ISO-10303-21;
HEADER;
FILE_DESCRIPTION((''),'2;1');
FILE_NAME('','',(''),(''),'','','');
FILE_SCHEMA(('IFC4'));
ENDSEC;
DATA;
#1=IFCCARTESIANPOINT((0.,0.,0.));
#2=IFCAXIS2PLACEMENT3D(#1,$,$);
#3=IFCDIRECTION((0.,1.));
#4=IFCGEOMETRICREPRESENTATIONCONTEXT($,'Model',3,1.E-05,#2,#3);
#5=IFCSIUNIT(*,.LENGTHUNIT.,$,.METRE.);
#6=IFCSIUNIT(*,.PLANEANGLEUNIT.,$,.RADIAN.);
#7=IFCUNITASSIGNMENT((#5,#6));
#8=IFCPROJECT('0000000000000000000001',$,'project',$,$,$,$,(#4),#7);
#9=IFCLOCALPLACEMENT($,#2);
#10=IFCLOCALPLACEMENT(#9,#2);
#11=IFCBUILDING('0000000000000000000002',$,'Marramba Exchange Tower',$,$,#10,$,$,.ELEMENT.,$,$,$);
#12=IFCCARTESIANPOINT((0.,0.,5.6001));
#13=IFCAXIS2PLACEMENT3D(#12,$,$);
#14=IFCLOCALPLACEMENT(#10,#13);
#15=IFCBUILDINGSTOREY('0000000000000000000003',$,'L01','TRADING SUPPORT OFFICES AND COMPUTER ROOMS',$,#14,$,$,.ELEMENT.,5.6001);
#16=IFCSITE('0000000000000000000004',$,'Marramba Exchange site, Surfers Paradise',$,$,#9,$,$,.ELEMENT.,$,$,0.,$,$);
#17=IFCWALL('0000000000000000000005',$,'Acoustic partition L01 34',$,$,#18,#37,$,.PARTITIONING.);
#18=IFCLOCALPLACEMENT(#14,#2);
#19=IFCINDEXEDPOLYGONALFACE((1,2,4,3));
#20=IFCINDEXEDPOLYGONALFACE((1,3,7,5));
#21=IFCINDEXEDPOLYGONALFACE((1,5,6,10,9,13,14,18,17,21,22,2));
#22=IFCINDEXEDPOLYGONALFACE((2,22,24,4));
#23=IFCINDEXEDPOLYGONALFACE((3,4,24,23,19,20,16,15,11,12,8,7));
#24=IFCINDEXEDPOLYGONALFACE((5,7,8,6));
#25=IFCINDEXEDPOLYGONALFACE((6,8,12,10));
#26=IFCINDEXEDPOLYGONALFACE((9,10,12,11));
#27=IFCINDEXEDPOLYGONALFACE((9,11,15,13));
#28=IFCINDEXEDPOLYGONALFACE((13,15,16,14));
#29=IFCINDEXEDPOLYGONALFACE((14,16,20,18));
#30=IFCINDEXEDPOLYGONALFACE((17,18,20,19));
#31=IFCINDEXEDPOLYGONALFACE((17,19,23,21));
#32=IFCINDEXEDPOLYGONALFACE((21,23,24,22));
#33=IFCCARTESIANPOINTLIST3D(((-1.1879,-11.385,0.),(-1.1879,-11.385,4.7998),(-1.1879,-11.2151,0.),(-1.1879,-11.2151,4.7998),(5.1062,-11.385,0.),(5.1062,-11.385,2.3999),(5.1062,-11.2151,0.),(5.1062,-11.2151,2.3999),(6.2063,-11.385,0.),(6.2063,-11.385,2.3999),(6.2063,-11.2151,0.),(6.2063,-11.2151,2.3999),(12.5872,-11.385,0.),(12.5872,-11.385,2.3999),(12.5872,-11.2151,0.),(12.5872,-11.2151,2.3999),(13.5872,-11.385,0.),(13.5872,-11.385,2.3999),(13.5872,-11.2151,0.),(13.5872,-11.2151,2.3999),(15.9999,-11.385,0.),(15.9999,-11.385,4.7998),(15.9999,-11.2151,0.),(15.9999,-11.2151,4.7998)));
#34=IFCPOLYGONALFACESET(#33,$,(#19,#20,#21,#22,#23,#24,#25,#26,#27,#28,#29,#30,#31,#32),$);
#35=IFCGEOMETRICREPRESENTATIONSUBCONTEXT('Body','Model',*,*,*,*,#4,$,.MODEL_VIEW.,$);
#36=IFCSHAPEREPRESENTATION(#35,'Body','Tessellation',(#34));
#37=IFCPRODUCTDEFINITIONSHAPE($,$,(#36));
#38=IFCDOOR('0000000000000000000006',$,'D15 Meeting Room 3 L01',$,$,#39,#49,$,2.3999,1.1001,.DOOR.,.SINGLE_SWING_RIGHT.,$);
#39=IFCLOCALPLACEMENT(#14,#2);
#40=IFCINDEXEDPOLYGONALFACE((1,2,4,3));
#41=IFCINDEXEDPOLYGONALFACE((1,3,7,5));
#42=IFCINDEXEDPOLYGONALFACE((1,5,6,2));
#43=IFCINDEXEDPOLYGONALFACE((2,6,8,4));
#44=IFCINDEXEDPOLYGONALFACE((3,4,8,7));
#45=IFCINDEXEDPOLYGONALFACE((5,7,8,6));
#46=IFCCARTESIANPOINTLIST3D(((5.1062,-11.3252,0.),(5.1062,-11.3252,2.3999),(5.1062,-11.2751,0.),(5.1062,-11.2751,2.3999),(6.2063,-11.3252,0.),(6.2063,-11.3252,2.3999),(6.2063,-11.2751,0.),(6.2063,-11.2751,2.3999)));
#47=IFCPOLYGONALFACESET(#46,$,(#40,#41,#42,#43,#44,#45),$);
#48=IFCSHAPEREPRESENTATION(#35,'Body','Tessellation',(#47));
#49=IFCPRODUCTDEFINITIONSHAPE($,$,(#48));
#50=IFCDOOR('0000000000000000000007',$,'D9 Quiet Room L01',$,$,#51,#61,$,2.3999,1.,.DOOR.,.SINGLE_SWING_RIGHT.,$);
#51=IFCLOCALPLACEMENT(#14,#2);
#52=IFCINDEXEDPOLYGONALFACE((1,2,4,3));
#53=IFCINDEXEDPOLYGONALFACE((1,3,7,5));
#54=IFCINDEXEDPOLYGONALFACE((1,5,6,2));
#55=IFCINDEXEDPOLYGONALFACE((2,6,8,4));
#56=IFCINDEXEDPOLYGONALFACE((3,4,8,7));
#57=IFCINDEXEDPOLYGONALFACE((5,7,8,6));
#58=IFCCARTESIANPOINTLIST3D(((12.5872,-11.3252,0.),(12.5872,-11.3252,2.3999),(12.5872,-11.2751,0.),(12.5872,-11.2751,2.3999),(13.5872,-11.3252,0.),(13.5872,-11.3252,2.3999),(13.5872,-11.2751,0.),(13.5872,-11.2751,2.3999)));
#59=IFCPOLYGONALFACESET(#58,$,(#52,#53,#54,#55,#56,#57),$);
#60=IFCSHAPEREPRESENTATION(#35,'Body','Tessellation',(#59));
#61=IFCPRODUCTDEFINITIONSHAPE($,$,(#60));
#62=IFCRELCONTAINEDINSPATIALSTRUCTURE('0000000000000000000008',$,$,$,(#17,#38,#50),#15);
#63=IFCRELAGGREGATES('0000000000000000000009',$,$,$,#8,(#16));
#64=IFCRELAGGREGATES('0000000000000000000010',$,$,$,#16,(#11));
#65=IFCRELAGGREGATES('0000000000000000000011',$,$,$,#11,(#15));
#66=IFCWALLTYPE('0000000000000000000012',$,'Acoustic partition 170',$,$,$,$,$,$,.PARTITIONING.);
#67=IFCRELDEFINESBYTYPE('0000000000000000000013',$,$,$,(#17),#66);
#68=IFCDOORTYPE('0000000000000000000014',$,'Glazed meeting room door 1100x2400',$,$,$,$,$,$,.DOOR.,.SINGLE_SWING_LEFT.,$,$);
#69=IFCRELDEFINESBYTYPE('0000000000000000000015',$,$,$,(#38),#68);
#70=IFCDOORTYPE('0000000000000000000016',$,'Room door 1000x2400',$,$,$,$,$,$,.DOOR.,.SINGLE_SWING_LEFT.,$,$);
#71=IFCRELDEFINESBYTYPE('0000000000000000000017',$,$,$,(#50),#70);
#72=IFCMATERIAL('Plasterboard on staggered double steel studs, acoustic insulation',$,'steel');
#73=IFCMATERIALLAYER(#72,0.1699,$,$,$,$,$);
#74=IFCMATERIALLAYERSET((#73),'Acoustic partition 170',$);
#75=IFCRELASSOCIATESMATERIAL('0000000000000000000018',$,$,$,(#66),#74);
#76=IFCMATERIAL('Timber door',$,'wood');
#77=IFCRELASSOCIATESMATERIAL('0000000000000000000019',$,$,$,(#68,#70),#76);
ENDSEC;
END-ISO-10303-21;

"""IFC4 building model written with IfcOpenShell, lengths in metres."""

from ifc_helpers import new_model, si_unit, direction, frame, frame_2d, origin, place, context, subcontext, project, spatial, rectangle, extrude, material, layer, layer_set, type_object, element, fill, save


model = new_model("IFC4")

# Units and contexts
model_context = context("Model", 3, precision=1e-05, world=origin(), true_north=direction((0.0, 1.0)))
body_context = subcontext(model_context, "Body", "Model", "MODEL_VIEW")
ifc_project = project(units=[si_unit("LENGTHUNIT", "METRE"), si_unit("PLANEANGLEUNIT", "RADIAN")], contexts=[model_context])

# Site, building, storey
site_placement = place(None, origin())
site = spatial("IfcSite", under=ifc_project, at=site_placement, Name="Marramba Exchange site, Surfers Paradise", CompositionType="ELEMENT", RefElevation=0.0)
building_placement = place(site_placement, origin())
building = spatial("IfcBuilding", under=site, at=building_placement, Name="Marramba Exchange Tower", CompositionType="ELEMENT")
storey_placement = place(building_placement, frame((0.0, 0.0, 5.6001)))
storey = spatial("IfcBuildingStorey", under=building, at=storey_placement, Name="L01", Description="TRADING SUPPORT OFFICES AND COMPUTER ROOMS", CompositionType="ELEMENT", Elevation=5.6001)

# Shared definitions
ifc_material_1 = material(Name="Plasterboard on staggered double steel studs, acoustic insulation", Category="steel")
ifc_layer_1 = layer(ifc_material_1, 0.1699)
ifc_layer_set_1 = layer_set([ifc_layer_1], Name="Acoustic partition 170")
wall_type_1 = type_object("IfcWallType", Name="Acoustic partition 170", PredefinedType="PARTITIONING", material=ifc_layer_set_1)

# Shared definitions
ifc_material_2 = material(Name="Timber door", Category="wood")
door_type_1 = type_object("IfcDoorType", Name="Glazed meeting room door 1100x2400", OperationType="SINGLE_SWING_LEFT", PredefinedType="DOOR", material=ifc_material_2)

# Wall, openings, doors
wall_1_placement = place(storey_placement, frame((-1.1877, -11.3, 0.0), z_axis=(0.0, 0.0, 1.0), x_axis=(1.0, 0.0, 0.0)))
wall_1 = element("IfcWall", 1, at=wall_1_placement, inside=storey, type_object=wall_type_1, Name="Acoustic partition L01 34", PredefinedType="PARTITIONING", context=body_context, shape_type="SweptSolid", body=[
    extrude(rectangle(XDim=17.1877, YDim=0.1699, at=frame_2d((8.5938, 0.0))), origin(), (0.0, 0.0, 1.0), 4.7998),
])
opening_1_placement = place(wall_1_placement, frame((6.2939, 0.0, 0.0)))
opening_1 = element("IfcOpeningElement", 2, at=opening_1_placement, cuts=wall_1, PredefinedType="OPENING", context=body_context, shape_type="SweptSolid", body=[
    extrude(rectangle(XDim=1.1001, YDim=2.3999, at=frame_2d((0.55, 1.2))), frame((0.0, 0.095, 0.0), z_axis=(0.0, -1.0, 0.0), x_axis=(1.0, 0.0, 0.0)), (0.0, 0.0, 1.0), 0.1899),
])
opening_2_placement = place(wall_1_placement, frame((13.7749, 0.0, 0.0)))
opening_2 = element("IfcOpeningElement", 3, at=opening_2_placement, cuts=wall_1, PredefinedType="OPENING", context=body_context, shape_type="SweptSolid", body=[
    extrude(rectangle(XDim=1.0, YDim=2.3999, at=frame_2d((0.5, 1.2))), frame((0.0, 0.095, 0.0), z_axis=(0.0, -1.0, 0.0), x_axis=(1.0, 0.0, 0.0)), (0.0, 0.0, 1.0), 0.1899),
])
door_1_placement = place(opening_1_placement, origin())
door_1 = element("IfcDoor", 4, at=door_1_placement, inside=storey, type_object=door_type_1, Name="D15 Meeting Room 3 L01", OperationType="SINGLE_SWING_RIGHT", OverallHeight=2.3999, OverallWidth=1.1001, PredefinedType="DOOR", context=body_context, shape_type="SweptSolid", body=[
    extrude(rectangle(XDim=1.1001, YDim=2.3999, at=frame_2d((0.55, 1.2))), frame((0.0, 0.0249, 0.0), z_axis=(0.0, -1.0, 0.0), x_axis=(1.0, 0.0, 0.0)), (0.0, 0.0, 1.0), 0.05),
])
fill(opening_1, door_1)
door_type_2 = type_object("IfcDoorType", Name="Room door 1000x2400", OperationType="SINGLE_SWING_LEFT", PredefinedType="DOOR", material=ifc_material_2)
door_2_placement = place(opening_2_placement, frame((1.0, 0.0, 0.0), z_axis=(0.0, 0.0, 1.0), x_axis=(-1.0, 0.0, 0.0)))
door_2 = element("IfcDoor", 5, at=door_2_placement, inside=storey, type_object=door_type_2, Name="D9 Quiet Room L01", OperationType="SINGLE_SWING_RIGHT", OverallHeight=2.3999, OverallWidth=1.0, PredefinedType="DOOR", context=body_context, shape_type="SweptSolid", body=[
    extrude(rectangle(XDim=1.0, YDim=2.3999, at=frame_2d((0.5, 1.2))), frame((0.0, 0.0251, 0.0), z_axis=(0.0, -1.0, 0.0), x_axis=(1.0, 0.0, 0.0)), (0.0, 0.0, 1.0), 0.05),
])
fill(opening_2, door_2)

save(model, "model.ifc")
